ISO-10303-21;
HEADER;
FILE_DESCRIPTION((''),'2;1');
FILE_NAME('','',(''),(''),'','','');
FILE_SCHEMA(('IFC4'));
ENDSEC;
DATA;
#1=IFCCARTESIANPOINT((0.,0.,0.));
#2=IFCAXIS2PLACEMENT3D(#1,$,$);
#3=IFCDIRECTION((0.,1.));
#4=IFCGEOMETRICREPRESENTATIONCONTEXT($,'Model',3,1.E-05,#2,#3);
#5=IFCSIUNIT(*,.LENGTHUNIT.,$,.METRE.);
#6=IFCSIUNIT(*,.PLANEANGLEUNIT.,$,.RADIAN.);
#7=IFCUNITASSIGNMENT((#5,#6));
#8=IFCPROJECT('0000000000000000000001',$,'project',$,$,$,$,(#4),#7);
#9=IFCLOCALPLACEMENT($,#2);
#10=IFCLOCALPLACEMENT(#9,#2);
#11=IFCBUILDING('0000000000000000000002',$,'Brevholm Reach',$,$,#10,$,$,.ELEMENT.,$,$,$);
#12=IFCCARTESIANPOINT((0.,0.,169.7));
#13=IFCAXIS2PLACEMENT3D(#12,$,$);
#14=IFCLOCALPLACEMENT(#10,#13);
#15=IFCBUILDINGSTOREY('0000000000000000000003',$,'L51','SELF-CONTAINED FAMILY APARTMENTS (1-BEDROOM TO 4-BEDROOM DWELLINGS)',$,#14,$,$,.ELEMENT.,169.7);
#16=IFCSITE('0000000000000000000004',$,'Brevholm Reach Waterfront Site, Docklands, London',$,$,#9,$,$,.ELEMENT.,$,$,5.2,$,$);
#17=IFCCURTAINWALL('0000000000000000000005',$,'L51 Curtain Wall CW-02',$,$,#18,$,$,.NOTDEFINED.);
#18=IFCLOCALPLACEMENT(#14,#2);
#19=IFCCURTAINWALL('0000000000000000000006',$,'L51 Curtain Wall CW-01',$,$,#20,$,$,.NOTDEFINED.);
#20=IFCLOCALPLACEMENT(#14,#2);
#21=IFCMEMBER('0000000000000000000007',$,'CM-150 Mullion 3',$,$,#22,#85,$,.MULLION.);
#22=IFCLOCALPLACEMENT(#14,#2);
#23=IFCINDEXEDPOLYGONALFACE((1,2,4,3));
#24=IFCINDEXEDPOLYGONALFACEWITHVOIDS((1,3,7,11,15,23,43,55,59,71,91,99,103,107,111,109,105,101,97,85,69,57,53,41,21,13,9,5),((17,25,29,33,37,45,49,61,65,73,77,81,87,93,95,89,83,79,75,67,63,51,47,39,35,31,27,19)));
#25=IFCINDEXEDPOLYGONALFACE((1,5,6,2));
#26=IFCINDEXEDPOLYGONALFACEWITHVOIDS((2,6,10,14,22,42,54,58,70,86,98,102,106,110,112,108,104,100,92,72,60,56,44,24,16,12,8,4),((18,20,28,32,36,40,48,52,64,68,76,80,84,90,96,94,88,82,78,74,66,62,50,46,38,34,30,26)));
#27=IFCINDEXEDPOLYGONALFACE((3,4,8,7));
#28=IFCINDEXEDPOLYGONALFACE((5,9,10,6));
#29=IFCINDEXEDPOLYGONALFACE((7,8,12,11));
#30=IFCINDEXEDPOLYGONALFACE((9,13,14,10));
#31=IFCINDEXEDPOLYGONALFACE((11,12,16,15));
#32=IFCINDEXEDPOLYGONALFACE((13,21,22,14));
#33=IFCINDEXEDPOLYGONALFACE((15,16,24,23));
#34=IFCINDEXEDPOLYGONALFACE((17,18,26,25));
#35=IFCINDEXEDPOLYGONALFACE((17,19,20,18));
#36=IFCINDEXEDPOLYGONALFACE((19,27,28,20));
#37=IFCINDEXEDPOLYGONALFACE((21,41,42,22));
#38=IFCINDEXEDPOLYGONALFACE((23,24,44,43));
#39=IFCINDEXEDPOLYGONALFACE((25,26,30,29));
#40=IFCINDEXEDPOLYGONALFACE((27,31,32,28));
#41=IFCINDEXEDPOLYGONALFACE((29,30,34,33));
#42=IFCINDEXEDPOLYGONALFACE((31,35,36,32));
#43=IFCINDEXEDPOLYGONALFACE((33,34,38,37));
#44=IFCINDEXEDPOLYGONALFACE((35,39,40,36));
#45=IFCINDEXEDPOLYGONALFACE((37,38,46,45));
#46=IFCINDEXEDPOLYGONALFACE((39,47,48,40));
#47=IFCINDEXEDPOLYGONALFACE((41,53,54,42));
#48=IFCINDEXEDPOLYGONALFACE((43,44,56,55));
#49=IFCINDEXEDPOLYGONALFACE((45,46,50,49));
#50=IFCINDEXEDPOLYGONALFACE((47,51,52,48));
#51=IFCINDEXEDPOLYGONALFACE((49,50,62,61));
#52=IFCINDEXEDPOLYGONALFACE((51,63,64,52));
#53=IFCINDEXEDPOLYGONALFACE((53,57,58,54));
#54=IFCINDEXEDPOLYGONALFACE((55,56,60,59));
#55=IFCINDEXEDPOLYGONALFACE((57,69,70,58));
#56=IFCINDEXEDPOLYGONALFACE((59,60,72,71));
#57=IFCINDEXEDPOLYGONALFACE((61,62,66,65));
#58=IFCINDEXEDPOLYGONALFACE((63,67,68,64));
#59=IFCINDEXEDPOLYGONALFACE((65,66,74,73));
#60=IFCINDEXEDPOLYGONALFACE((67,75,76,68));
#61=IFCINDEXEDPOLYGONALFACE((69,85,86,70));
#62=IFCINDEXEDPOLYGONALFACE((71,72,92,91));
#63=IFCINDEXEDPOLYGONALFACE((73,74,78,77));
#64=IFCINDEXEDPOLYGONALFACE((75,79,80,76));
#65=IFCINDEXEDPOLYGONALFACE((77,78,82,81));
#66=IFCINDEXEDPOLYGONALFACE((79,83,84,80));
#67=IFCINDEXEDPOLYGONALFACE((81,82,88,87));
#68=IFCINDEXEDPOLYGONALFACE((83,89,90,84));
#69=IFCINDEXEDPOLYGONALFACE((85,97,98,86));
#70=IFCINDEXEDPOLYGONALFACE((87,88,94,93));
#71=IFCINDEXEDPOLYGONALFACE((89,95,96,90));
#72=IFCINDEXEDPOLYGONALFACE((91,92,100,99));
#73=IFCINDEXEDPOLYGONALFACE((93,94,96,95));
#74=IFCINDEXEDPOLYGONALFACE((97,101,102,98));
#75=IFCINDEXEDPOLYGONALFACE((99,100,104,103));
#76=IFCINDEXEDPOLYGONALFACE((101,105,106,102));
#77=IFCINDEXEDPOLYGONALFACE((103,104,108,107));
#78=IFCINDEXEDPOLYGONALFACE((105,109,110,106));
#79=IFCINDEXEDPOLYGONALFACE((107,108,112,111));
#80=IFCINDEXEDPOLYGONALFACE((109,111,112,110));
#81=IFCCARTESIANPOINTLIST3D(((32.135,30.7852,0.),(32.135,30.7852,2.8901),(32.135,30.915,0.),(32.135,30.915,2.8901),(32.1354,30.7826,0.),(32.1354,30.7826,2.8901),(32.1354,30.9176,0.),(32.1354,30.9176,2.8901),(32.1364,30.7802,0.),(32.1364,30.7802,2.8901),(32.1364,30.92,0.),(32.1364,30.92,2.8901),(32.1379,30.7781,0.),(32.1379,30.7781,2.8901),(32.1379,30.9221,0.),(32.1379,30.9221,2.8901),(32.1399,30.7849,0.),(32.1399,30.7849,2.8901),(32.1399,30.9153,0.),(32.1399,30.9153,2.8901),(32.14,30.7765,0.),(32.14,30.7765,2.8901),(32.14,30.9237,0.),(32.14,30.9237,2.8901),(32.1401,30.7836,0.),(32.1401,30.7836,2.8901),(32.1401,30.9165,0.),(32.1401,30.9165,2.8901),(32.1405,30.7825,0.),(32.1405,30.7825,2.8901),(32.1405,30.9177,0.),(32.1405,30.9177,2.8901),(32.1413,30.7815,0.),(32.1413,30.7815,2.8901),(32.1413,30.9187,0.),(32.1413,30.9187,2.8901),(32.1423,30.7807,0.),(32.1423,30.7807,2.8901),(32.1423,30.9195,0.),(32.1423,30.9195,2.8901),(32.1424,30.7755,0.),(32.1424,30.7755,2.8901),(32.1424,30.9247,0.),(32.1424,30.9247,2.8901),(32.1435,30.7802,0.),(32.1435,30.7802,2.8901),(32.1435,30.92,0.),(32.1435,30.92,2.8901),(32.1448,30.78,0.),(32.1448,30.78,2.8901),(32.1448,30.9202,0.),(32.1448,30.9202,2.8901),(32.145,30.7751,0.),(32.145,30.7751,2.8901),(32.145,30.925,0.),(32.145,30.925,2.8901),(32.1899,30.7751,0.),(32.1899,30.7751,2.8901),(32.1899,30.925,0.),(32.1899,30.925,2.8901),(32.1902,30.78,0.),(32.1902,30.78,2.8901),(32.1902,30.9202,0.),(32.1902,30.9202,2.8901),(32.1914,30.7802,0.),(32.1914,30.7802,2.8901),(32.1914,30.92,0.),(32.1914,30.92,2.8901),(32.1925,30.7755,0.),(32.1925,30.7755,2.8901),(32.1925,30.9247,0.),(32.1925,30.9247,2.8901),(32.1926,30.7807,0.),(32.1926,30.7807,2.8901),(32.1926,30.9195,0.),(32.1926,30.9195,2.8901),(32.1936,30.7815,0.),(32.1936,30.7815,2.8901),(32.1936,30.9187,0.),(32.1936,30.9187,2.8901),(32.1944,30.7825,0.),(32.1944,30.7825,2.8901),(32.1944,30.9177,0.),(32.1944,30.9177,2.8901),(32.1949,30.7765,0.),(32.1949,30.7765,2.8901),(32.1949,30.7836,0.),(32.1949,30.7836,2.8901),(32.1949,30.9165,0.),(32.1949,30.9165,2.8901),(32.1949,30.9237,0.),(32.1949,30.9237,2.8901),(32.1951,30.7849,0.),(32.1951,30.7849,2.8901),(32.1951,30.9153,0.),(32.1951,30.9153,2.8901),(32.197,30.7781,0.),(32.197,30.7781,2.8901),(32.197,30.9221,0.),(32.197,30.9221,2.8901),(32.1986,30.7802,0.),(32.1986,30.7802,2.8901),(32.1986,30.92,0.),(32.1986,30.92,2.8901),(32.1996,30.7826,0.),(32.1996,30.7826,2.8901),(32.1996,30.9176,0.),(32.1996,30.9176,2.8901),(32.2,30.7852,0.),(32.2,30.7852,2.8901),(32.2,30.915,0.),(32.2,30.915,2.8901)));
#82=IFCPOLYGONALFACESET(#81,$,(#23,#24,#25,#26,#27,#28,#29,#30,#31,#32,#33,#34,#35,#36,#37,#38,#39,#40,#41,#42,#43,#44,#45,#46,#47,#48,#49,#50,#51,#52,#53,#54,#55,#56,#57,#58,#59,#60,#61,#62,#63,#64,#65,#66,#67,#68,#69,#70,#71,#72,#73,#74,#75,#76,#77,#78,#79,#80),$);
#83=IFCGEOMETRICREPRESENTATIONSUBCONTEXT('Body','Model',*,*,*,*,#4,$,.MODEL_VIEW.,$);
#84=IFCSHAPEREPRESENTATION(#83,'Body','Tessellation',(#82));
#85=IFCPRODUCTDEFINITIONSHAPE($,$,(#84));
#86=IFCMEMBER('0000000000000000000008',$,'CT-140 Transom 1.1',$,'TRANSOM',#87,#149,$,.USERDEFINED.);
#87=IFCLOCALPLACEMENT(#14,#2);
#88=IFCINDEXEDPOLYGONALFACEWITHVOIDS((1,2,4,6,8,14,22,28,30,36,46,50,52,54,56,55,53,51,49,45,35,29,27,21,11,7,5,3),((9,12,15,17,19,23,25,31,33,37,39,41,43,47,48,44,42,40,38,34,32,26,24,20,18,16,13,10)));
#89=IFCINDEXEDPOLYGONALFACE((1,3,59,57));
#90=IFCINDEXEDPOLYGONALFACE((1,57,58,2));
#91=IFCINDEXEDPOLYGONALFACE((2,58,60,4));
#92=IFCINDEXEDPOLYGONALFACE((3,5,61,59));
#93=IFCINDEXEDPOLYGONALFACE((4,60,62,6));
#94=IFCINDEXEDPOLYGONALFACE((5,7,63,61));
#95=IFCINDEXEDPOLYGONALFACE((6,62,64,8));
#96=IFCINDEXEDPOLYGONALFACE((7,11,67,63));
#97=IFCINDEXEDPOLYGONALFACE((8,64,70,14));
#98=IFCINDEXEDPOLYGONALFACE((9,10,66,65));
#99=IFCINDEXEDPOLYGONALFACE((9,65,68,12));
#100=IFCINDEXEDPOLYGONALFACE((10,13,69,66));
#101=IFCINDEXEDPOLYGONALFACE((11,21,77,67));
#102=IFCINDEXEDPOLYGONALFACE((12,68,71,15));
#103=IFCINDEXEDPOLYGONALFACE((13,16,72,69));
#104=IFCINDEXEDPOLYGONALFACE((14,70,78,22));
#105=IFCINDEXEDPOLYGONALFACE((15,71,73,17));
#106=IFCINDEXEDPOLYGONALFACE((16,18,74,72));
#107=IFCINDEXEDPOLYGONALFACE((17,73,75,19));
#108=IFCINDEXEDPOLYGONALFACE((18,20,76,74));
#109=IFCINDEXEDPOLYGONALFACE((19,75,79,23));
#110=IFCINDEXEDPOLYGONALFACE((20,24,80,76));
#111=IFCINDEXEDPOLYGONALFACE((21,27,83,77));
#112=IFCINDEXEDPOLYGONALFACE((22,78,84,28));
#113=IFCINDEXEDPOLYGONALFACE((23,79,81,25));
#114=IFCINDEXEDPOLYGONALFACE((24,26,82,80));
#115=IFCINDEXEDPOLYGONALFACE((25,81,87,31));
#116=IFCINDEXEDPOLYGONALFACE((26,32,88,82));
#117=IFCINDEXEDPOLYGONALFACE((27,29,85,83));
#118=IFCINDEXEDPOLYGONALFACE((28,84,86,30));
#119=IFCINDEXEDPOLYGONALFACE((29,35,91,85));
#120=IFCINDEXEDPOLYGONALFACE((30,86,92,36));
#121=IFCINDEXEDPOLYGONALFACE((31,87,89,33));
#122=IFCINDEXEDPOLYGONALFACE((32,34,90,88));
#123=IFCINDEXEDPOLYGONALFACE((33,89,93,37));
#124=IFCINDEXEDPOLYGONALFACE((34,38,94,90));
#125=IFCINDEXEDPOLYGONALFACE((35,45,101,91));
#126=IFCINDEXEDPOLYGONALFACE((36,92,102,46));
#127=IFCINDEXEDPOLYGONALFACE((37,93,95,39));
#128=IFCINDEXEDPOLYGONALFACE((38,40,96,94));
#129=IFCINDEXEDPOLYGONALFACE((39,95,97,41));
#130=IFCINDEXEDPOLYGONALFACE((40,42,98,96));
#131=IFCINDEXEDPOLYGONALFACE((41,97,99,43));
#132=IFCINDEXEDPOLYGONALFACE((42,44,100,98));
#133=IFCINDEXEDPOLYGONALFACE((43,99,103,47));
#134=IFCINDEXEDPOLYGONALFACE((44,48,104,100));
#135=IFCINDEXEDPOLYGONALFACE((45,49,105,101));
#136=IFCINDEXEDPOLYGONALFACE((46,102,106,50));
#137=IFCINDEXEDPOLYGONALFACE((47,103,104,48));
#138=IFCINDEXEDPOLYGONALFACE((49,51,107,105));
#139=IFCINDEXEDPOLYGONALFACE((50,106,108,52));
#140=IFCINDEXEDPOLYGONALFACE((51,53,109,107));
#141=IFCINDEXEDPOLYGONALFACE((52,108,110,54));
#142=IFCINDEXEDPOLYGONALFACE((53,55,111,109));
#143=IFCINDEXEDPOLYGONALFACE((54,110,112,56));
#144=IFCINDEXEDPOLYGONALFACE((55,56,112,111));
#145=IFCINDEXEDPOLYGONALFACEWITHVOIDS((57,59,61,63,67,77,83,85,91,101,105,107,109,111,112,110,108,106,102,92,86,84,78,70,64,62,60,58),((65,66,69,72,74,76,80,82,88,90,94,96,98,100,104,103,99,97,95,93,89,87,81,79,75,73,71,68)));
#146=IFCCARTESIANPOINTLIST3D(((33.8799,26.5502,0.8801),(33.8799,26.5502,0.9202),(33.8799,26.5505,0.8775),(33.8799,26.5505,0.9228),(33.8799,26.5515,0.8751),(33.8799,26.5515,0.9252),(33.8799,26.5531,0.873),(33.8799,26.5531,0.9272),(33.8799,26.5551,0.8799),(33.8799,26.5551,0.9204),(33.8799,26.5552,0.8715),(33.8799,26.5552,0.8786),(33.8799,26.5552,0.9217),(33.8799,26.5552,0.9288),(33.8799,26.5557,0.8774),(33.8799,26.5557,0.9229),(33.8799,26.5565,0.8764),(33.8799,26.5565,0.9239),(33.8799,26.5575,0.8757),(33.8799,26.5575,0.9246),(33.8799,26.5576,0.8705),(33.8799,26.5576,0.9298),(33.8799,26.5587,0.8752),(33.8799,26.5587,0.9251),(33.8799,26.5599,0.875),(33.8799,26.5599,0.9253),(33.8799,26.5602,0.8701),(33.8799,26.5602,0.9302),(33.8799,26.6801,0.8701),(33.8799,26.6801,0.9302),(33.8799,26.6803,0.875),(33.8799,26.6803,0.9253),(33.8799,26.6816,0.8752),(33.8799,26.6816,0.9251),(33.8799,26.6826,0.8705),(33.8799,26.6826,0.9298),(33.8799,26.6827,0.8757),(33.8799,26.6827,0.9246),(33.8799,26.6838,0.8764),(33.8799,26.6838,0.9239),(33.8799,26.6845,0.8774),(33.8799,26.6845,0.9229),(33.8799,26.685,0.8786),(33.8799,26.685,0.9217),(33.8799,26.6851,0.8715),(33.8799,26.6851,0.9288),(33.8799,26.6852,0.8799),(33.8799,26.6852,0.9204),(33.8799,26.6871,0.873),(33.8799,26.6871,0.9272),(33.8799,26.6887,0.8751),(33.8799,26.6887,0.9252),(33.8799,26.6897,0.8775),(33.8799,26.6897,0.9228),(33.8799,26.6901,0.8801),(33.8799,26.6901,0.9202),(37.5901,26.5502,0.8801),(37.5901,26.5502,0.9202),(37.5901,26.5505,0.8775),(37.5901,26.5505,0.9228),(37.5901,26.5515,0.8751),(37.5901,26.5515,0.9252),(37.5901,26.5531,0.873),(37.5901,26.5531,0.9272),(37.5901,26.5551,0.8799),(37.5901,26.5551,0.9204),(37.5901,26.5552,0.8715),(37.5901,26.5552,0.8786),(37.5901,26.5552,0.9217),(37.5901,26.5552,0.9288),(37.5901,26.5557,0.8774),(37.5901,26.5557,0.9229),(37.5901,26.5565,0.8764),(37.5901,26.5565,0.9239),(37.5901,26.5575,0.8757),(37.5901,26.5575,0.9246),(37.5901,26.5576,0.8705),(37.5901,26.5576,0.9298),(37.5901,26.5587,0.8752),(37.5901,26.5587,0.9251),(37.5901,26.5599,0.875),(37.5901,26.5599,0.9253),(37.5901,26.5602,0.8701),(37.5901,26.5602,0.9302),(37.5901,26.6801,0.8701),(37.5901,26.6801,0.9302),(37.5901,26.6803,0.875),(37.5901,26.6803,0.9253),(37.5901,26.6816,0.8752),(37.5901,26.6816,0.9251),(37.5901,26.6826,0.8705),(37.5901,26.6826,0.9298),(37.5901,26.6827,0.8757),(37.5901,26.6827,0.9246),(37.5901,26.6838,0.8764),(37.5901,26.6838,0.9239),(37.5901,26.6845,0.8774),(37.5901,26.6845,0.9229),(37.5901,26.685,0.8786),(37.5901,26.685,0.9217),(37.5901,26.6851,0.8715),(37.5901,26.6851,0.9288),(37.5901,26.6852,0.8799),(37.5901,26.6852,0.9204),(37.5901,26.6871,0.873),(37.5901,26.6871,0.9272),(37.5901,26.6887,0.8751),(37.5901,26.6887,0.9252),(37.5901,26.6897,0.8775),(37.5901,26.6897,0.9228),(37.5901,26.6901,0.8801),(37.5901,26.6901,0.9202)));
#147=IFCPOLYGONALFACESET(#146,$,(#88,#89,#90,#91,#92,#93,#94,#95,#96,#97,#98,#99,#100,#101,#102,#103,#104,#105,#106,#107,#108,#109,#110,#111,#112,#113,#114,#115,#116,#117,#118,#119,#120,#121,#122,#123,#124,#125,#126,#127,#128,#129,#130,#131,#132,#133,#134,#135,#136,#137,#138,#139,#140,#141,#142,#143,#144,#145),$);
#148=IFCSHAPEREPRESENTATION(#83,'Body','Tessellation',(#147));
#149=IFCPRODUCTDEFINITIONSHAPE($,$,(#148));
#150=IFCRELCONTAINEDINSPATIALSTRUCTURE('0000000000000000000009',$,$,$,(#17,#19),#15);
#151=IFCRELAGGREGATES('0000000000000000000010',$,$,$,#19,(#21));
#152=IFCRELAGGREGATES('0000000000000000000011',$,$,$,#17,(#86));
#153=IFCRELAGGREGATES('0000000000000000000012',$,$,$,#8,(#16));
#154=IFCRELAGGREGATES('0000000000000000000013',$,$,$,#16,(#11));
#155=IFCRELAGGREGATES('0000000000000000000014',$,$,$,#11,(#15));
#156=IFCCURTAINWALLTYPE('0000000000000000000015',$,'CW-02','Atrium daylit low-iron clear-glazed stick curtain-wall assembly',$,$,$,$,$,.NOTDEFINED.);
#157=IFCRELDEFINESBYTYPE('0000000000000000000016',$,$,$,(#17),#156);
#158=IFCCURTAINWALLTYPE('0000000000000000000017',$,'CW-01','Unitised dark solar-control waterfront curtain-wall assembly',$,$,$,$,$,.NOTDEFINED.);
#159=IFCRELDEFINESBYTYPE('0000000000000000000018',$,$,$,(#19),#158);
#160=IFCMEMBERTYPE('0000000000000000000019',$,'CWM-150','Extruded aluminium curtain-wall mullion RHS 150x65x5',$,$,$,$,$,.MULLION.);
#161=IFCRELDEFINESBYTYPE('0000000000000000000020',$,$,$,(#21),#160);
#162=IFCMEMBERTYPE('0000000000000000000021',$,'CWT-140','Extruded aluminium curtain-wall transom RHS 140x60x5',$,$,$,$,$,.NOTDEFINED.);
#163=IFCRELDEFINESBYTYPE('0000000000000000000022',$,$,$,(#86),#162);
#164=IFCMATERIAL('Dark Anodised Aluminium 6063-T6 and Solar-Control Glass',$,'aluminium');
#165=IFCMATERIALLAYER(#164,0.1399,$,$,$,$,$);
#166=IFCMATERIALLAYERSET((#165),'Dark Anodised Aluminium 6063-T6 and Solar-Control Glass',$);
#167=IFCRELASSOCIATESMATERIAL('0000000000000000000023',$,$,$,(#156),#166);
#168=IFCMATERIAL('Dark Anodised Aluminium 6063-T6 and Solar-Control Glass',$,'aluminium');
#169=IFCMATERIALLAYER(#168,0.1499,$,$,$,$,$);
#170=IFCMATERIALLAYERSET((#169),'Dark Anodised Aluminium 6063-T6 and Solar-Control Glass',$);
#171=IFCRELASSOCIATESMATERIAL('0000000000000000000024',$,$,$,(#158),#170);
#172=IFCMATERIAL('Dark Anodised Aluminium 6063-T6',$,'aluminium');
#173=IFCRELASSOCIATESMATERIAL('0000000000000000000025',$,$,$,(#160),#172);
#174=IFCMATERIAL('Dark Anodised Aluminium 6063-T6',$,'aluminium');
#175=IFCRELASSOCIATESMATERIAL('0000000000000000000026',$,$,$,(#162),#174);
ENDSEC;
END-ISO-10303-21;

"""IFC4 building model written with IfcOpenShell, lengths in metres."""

from ifc_helpers import new_model, si_unit, direction, frame, origin, origin_2d, place, context, subcontext, project, spatial, hollow_rectangle, extrude, material, layer, layer_set, material_profile, profile_set, type_object, element, aggregate, save


model = new_model("IFC4")

# Units and contexts
model_context = context("Model", 3, precision=1e-05, world=origin(), true_north=direction((0.0, 1.0)))
body_context = subcontext(model_context, "Body", "Model", "MODEL_VIEW")
ifc_project = project(units=[si_unit("LENGTHUNIT", "METRE"), si_unit("PLANEANGLEUNIT", "RADIAN")], contexts=[model_context])

# Site, building, storey
site_placement = place(None, origin())
site = spatial("IfcSite", under=ifc_project, at=site_placement, Name="Brevholm Reach Waterfront Site, Docklands, London", CompositionType="ELEMENT", RefElevation=5.2)
building_placement = place(site_placement, origin())
building = spatial("IfcBuilding", under=site, at=building_placement, Name="Brevholm Reach", CompositionType="ELEMENT")
storey_placement = place(building_placement, frame((0.0, 0.0, 169.7)))
storey = spatial("IfcBuildingStorey", under=building, at=storey_placement, Name="L51", Description="SELF-CONTAINED FAMILY APARTMENTS (1-BEDROOM TO 4-BEDROOM DWELLINGS)", CompositionType="ELEMENT", Elevation=169.7)

# Curtain walls, member
ifc_material_1 = material(Name="Dark Anodised Aluminium 6063-T6 and Solar-Control Glass", Category="aluminium")
ifc_layer_1 = layer(ifc_material_1, 0.1399)
ifc_layer_set_1 = layer_set([ifc_layer_1], Name="Dark Anodised Aluminium 6063-T6 and Solar-Control Glass")
curtain_wall_type_1 = type_object("IfcCurtainWallType", Name="CW-02", Description="Atrium daylit low-iron clear-glazed stick curtain-wall assembly", PredefinedType="NOTDEFINED", material=ifc_layer_set_1)
curtain_wall_1_placement = place(storey_placement, origin())
curtain_wall_1 = element("IfcCurtainWall", 1, at=curtain_wall_1_placement, inside=storey, type_object=curtain_wall_type_1, Name="L51 Curtain Wall CW-02", PredefinedType="NOTDEFINED")
ifc_material_2 = material(Name="Dark Anodised Aluminium 6063-T6 and Solar-Control Glass", Category="aluminium")
ifc_layer_2 = layer(ifc_material_2, 0.1499)
ifc_layer_set_2 = layer_set([ifc_layer_2], Name="Dark Anodised Aluminium 6063-T6 and Solar-Control Glass")
curtain_wall_type_2 = type_object("IfcCurtainWallType", Name="CW-01", Description="Unitised dark solar-control waterfront curtain-wall assembly", PredefinedType="NOTDEFINED", material=ifc_layer_set_2)
curtain_wall_2_placement = place(storey_placement, origin())
curtain_wall_2 = element("IfcCurtainWall", 2, at=curtain_wall_2_placement, inside=storey, type_object=curtain_wall_type_2, Name="L51 Curtain Wall CW-01", PredefinedType="NOTDEFINED")
ifc_material_3 = material(Name="Dark Anodised Aluminium 6063-T6", Category="aluminium")
ifc_material_profile_1 = material_profile(ifc_material_3, hollow_rectangle(XDim=0.0649, YDim=0.1499, WallThickness=0.0049, InnerFilletRadius=0.0049, OuterFilletRadius=0.01, at=origin_2d()), Name="RHS 150x65x5")
ifc_profile_set_1 = profile_set([ifc_material_profile_1], Name="Dark Anodised Aluminium 6063-T6")
member_type_1 = type_object("IfcMemberType", Name="CWM-150", Description="Extruded aluminium curtain-wall mullion RHS 150x65x5", PredefinedType="MULLION", material=ifc_profile_set_1)
member_1_placement = place(storey_placement, frame((32.1675, 30.8501, 0.0), z_axis=(0.0, 0.0, 1.0), x_axis=(1.0, 0.0, 0.0)))
member_1 = element("IfcMember", 3, at=member_1_placement, type_object=member_type_1, Name="CM-150 Mullion 3", PredefinedType="MULLION", context=body_context, shape_type="SweptSolid", body=[
    extrude(hollow_rectangle(XDim=0.0649, YDim=0.1499, WallThickness=0.0049, InnerFilletRadius=0.0049, OuterFilletRadius=0.01, at=origin_2d()), origin(), (0.0, 0.0, 1.0), 2.8901),
])

# Member
ifc_material_4 = material(Name="Dark Anodised Aluminium 6063-T6", Category="aluminium")
ifc_material_profile_2 = material_profile(ifc_material_4, hollow_rectangle(XDim=0.0601, YDim=0.1399, WallThickness=0.0049, InnerFilletRadius=0.0049, OuterFilletRadius=0.01, at=origin_2d()), Name="RHS 140x60x5")
ifc_profile_set_2 = profile_set([ifc_material_profile_2], Name="Dark Anodised Aluminium 6063-T6")
member_type_2 = type_object("IfcMemberType", Name="CWT-140", Description="Extruded aluminium curtain-wall transom RHS 140x60x5", PredefinedType="NOTDEFINED", material=ifc_profile_set_2)
member_2_placement = place(storey_placement, frame((37.5901, 26.6201, 0.9001), z_axis=(-1.0, 0.0, 0.0), x_axis=(0.0, 0.0, 1.0)))
member_2 = element("IfcMember", 4, at=member_2_placement, type_object=member_type_2, Name="CT-140 Transom 1.1", ObjectType="TRANSOM", PredefinedType="USERDEFINED", context=body_context, shape_type="SweptSolid", body=[
    extrude(hollow_rectangle(XDim=0.0601, YDim=0.1399, WallThickness=0.0049, InnerFilletRadius=0.0049, OuterFilletRadius=0.01, at=origin_2d()), origin(), (0.0, 0.0, 1.0), 3.7102),
])

aggregate(curtain_wall_2, [member_1])
aggregate(curtain_wall_1, [member_2])

save(model, "model.ifc")
